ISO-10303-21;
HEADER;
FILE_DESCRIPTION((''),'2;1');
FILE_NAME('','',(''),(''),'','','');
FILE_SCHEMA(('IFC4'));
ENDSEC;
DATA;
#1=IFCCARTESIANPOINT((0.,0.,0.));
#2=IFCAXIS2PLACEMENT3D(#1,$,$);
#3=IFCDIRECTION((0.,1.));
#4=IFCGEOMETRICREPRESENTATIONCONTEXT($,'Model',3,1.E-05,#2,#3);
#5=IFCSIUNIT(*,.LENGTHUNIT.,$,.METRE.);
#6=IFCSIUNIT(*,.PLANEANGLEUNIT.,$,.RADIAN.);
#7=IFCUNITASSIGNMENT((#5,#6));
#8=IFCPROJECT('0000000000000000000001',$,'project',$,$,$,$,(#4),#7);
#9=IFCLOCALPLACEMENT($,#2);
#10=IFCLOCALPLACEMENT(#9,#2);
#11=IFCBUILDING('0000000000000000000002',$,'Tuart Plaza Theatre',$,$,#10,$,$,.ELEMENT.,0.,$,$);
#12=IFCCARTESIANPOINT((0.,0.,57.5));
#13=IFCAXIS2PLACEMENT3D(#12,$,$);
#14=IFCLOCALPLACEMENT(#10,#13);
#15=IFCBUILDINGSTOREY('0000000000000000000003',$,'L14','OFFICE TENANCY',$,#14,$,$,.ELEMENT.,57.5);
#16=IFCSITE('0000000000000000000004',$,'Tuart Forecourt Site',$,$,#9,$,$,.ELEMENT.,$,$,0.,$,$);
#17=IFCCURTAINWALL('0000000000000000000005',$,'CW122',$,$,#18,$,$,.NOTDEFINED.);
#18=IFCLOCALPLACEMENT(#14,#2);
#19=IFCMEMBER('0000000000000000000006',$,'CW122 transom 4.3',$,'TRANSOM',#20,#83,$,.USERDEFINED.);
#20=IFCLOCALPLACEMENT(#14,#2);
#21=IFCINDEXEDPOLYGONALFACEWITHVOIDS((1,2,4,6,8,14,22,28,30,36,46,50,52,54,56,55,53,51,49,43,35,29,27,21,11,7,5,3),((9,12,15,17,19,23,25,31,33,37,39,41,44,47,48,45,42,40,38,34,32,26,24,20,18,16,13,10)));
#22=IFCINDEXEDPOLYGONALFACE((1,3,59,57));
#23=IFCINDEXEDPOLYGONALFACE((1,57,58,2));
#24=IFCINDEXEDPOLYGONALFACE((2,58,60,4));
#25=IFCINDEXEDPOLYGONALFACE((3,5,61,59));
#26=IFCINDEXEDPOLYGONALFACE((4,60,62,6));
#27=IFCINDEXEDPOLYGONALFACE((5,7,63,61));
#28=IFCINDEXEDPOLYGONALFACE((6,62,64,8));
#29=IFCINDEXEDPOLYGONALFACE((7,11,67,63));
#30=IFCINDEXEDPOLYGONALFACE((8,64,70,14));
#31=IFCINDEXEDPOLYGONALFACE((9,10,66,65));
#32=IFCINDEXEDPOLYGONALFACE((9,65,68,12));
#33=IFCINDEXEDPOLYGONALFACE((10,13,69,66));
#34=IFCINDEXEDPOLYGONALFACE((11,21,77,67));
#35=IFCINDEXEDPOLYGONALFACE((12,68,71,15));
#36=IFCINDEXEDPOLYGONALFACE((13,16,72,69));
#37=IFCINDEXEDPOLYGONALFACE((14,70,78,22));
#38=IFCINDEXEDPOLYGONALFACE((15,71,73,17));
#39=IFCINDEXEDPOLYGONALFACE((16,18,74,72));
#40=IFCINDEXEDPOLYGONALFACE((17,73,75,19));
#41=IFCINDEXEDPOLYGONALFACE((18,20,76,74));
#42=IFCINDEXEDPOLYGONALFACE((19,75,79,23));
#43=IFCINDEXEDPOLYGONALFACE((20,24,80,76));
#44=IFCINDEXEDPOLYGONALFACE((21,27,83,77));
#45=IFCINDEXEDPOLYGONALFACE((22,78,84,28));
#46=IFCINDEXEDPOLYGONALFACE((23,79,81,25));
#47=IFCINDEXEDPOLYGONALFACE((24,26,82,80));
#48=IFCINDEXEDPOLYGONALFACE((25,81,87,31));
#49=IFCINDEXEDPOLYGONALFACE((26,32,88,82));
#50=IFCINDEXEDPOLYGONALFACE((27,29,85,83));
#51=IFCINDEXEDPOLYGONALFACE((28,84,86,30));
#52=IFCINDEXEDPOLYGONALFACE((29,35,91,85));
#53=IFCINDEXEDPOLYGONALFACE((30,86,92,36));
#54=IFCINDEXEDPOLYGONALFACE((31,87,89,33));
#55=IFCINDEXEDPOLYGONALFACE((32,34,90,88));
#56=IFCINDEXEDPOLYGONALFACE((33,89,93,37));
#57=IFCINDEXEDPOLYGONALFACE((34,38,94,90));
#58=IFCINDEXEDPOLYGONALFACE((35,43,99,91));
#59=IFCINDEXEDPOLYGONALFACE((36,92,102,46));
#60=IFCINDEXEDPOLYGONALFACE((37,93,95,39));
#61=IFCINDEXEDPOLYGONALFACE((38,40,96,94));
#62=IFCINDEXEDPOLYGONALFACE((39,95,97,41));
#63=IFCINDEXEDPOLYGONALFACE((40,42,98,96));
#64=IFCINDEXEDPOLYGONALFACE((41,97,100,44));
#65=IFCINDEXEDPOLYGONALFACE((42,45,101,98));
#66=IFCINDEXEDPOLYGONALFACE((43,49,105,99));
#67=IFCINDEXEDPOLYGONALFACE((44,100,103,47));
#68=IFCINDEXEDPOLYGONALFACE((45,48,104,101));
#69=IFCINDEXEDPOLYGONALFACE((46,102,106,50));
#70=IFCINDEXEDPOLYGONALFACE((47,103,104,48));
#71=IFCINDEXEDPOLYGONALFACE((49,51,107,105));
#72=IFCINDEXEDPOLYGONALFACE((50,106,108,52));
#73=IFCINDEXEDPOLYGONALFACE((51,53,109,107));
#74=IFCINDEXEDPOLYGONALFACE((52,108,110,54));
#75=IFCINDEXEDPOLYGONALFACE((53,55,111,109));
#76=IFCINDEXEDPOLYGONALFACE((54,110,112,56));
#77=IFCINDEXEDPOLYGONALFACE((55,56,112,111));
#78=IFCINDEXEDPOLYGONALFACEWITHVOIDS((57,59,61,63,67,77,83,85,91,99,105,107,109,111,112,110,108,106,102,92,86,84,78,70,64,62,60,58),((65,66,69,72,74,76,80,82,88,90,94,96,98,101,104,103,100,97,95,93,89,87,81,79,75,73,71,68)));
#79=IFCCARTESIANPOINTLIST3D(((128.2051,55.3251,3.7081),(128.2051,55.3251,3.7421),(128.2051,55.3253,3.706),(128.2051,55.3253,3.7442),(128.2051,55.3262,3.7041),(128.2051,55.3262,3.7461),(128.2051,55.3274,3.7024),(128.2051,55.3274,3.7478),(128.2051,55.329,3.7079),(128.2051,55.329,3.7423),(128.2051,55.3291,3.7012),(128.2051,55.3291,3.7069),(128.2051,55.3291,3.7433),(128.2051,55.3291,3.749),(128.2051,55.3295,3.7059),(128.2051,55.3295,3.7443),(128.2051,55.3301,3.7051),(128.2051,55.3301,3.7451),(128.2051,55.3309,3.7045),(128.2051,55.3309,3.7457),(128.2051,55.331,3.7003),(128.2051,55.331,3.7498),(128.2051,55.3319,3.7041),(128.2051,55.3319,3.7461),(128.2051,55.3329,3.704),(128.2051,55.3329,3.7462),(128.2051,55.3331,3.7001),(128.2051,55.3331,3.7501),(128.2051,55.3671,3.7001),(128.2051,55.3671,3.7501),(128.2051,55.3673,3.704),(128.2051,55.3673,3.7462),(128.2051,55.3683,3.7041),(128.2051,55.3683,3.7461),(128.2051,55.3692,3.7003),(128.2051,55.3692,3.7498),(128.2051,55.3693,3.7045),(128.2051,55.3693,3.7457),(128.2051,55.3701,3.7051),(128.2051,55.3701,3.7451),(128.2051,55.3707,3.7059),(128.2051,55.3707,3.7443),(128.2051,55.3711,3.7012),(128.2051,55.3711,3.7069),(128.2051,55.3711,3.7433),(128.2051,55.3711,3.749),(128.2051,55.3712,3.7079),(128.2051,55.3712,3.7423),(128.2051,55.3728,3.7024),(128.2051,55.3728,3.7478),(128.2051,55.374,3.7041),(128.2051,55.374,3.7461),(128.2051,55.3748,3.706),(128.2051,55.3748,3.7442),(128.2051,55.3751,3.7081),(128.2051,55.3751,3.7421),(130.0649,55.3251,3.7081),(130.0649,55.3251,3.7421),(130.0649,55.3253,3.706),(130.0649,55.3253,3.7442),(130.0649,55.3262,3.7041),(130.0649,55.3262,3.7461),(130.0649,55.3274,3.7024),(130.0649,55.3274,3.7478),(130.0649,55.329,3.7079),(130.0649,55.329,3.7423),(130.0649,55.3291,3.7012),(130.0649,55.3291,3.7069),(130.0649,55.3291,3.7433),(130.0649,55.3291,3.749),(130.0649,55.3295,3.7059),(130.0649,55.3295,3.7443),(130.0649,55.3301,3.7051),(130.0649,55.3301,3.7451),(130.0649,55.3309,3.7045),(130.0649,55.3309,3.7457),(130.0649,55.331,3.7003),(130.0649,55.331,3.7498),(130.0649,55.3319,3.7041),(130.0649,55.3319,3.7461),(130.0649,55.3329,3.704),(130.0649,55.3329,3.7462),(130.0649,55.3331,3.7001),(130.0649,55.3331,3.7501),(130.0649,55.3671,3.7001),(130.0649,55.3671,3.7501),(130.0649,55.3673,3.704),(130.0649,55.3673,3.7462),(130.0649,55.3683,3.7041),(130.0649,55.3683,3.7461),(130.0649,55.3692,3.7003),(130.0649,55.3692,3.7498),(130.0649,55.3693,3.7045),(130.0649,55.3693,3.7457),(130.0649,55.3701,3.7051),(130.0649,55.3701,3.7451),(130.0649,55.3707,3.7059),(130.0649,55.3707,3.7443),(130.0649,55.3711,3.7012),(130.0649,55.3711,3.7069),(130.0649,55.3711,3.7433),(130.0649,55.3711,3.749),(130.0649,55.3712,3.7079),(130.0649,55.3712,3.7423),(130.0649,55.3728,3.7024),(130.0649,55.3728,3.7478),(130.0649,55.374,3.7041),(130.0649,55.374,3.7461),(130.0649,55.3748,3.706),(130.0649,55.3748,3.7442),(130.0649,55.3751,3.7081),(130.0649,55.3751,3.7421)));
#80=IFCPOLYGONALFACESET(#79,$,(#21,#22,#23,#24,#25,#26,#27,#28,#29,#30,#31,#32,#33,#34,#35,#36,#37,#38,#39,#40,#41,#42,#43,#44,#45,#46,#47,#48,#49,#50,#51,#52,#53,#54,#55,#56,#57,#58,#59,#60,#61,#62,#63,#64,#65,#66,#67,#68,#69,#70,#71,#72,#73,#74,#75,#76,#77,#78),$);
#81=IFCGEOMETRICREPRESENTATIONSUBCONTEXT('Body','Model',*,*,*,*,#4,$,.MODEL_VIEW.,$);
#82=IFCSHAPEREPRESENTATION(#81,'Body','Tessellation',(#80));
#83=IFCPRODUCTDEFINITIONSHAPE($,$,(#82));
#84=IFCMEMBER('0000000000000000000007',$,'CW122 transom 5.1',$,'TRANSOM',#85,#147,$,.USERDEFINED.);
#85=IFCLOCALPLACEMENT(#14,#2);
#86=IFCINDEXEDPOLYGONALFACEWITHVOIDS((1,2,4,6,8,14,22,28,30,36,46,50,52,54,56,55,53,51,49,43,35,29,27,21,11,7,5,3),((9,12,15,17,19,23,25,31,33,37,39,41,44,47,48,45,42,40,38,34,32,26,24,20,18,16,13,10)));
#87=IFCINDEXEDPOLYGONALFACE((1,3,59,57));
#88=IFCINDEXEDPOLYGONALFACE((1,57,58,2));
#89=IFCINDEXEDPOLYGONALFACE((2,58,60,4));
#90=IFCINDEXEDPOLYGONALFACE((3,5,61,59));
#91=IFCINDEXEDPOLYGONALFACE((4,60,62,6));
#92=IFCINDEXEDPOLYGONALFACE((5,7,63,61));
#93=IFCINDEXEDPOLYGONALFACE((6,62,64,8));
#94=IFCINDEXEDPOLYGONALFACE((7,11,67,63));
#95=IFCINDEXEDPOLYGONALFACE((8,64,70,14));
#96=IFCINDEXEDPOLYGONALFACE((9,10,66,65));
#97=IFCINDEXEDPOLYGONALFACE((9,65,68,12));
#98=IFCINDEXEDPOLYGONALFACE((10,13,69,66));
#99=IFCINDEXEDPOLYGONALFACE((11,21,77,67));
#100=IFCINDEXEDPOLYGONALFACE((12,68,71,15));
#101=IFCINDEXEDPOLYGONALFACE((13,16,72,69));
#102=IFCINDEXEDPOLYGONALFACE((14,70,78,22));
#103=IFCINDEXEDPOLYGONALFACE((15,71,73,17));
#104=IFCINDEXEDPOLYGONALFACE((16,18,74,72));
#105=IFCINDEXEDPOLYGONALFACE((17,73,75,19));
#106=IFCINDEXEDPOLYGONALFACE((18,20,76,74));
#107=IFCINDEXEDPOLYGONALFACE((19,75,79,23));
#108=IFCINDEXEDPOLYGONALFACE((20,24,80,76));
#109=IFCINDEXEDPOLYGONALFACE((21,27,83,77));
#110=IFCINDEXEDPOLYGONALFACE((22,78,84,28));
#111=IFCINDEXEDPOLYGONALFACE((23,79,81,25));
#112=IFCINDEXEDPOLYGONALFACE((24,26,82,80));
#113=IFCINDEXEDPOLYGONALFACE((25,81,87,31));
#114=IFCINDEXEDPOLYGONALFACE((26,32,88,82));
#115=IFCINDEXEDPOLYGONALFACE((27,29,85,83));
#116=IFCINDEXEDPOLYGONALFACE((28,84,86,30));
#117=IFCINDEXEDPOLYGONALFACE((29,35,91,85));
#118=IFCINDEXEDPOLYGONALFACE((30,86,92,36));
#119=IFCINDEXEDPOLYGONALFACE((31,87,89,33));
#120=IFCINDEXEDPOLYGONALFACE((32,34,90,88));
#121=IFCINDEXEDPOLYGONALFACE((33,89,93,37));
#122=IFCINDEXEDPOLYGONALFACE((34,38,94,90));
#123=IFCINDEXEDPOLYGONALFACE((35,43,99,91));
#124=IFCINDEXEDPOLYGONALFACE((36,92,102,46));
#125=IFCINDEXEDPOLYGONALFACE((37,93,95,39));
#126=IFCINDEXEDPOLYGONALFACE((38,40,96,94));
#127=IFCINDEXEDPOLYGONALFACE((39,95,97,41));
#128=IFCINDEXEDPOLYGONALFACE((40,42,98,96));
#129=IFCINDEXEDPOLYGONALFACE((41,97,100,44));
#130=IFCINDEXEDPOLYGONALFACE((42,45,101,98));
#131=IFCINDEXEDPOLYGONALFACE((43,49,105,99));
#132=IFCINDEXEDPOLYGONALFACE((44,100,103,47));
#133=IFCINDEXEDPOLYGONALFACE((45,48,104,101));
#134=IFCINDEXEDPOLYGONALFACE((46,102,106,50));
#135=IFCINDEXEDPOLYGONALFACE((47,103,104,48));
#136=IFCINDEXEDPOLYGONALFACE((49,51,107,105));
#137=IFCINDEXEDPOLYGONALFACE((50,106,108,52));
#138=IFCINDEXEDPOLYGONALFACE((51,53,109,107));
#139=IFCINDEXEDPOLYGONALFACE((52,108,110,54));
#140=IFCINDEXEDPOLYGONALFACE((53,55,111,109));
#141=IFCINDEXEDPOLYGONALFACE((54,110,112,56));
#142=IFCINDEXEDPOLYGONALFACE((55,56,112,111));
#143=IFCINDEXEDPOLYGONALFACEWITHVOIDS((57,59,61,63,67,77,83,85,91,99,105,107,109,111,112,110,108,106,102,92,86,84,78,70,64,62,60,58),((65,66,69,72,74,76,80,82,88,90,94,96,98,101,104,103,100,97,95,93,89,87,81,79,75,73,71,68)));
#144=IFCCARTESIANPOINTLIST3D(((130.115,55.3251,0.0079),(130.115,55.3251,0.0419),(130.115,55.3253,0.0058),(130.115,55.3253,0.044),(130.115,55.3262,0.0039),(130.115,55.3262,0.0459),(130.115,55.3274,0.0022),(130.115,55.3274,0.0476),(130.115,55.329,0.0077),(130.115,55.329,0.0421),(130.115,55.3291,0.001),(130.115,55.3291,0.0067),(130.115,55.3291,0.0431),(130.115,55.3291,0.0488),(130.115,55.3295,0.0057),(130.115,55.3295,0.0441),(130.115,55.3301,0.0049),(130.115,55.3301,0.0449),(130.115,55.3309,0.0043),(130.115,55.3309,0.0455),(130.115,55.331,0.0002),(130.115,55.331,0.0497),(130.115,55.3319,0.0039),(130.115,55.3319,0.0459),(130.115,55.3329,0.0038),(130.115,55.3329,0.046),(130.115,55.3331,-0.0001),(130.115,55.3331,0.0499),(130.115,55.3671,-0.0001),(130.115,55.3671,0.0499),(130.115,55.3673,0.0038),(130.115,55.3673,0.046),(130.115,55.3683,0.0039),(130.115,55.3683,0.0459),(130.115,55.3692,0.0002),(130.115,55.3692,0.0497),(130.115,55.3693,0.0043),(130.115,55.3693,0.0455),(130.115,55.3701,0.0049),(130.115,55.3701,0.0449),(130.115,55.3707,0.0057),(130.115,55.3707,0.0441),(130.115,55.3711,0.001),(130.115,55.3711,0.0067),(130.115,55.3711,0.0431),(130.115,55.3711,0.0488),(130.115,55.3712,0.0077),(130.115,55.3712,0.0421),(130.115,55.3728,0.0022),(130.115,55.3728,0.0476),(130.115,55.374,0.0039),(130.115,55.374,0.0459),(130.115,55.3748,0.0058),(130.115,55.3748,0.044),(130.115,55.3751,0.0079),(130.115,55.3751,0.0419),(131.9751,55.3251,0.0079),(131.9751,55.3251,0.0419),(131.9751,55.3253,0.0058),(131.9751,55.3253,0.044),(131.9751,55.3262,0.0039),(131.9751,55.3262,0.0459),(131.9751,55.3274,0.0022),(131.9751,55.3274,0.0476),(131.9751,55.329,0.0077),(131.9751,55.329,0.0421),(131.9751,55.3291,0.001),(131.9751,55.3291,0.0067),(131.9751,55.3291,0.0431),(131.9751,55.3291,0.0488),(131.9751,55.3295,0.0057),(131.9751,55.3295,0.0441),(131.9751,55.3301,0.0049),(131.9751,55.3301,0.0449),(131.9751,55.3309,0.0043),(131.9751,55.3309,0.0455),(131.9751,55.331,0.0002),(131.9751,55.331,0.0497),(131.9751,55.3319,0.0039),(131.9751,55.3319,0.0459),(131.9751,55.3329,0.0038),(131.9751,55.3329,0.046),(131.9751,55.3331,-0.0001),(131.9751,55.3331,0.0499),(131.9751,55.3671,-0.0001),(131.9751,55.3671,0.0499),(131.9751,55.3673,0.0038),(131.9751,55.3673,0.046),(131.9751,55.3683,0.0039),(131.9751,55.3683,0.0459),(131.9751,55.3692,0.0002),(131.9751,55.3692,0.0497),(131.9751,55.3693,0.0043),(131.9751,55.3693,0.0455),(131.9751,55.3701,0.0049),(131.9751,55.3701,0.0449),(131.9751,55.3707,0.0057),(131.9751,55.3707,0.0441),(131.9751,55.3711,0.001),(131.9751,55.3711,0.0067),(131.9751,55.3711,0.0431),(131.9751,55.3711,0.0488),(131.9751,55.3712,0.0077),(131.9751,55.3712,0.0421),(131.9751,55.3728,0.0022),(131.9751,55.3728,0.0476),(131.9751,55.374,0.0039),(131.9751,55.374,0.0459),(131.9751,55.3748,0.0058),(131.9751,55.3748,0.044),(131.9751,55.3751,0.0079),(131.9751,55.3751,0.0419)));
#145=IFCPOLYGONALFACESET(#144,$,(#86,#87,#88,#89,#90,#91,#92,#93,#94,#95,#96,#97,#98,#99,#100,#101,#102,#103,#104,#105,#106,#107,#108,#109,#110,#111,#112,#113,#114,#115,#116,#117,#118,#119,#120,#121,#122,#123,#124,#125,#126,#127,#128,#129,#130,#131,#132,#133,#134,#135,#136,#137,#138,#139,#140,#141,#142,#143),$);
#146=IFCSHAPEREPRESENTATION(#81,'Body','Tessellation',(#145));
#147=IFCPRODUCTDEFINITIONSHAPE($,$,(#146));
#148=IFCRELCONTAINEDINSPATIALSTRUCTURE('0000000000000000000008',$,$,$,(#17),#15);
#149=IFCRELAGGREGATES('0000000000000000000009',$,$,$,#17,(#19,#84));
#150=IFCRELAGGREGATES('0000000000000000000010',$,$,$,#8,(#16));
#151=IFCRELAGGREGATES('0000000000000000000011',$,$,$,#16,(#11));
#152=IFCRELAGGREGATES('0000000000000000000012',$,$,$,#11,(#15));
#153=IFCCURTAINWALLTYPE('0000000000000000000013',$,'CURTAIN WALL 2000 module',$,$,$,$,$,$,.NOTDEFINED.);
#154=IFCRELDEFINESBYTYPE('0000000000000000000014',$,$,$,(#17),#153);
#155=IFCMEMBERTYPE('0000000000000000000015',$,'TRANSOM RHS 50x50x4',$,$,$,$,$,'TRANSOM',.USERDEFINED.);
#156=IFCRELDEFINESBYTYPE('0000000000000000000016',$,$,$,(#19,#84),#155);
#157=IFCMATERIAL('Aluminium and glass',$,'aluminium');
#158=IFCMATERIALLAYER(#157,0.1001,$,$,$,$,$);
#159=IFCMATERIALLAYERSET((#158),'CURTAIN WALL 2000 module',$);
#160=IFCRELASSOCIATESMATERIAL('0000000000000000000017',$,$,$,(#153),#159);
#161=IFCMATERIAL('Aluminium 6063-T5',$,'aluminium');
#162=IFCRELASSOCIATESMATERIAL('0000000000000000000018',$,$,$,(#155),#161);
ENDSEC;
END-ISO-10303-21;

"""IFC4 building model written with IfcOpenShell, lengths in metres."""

from ifc_helpers import new_model, si_unit, direction, frame, origin, origin_2d, place, context, subcontext, project, spatial, hollow_rectangle, extrude, material, layer, layer_set, material_profile, profile_set, type_object, element, aggregate, save


model = new_model("IFC4")

# Units and contexts
model_context = context("Model", 3, precision=1e-05, world=origin(), true_north=direction((0.0, 1.0)))
body_context = subcontext(model_context, "Body", "Model", "MODEL_VIEW")
ifc_project = project(units=[si_unit("LENGTHUNIT", "METRE"), si_unit("PLANEANGLEUNIT", "RADIAN")], contexts=[model_context])

# Site, building, storey
site_placement = place(None, origin())
site = spatial("IfcSite", under=ifc_project, at=site_placement, Name="Tuart Forecourt Site", CompositionType="ELEMENT", RefElevation=0.0)
building_placement = place(site_placement, origin())
building = spatial("IfcBuilding", under=site, at=building_placement, Name="Tuart Plaza Theatre", CompositionType="ELEMENT", ElevationOfRefHeight=0.0)
storey_placement = place(building_placement, frame((0.0, 0.0, 57.5)))
storey = spatial("IfcBuildingStorey", under=building, at=storey_placement, Name="L14", Description="OFFICE TENANCY", CompositionType="ELEMENT", Elevation=57.5)

# Curtain wall, members
ifc_material_1 = material(Name="Aluminium and glass", Category="aluminium")
ifc_layer_1 = layer(ifc_material_1, 0.1001)
ifc_layer_set_1 = layer_set([ifc_layer_1], Name="CURTAIN WALL 2000 module")
curtain_wall_type = type_object("IfcCurtainWallType", Name="CURTAIN WALL 2000 module", PredefinedType="NOTDEFINED", material=ifc_layer_set_1)
curtain_wall_placement = place(storey_placement, origin())
curtain_wall = element("IfcCurtainWall", 1, at=curtain_wall_placement, inside=storey, type_object=curtain_wall_type, Name="CW122", PredefinedType="NOTDEFINED")
ifc_material_2 = material(Name="Aluminium 6063-T5", Category="aluminium")
ifc_material_profile_1 = material_profile(ifc_material_2, hollow_rectangle(XDim=0.05, YDim=0.05, WallThickness=0.0039, InnerFilletRadius=0.0039, OuterFilletRadius=0.0081, at=origin_2d()), Name="RHS 50x50x4")
ifc_profile_set_1 = profile_set([ifc_material_profile_1], Name="Aluminium 6063-T5")
member_type_1 = type_object("IfcMemberType", Name="TRANSOM RHS 50x50x4", ElementType="TRANSOM", PredefinedType="USERDEFINED", material=ifc_profile_set_1)
member_1_placement = place(storey_placement, frame((128.2051, 55.3501, 3.7251), z_axis=(1.0, 0.0, 0.0), x_axis=(0.0, 1.0, 0.0)))
member_1 = element("IfcMember", 2, at=member_1_placement, type_object=member_type_1, Name="CW122 transom 4.3", ObjectType="TRANSOM", PredefinedType="USERDEFINED", context=body_context, shape_type="SweptSolid", body=[
    extrude(hollow_rectangle(XDim=0.05, YDim=0.05, WallThickness=0.0039, InnerFilletRadius=0.0039, OuterFilletRadius=0.0081, at=origin_2d()), origin(), (0.0, 0.0, 1.0), 1.8599),
])
member_2_placement = place(storey_placement, frame((130.115, 55.3501, 0.0249), z_axis=(1.0, 0.0, 0.0), x_axis=(0.0, 1.0, 0.0)))
member_2 = element("IfcMember", 3, at=member_2_placement, type_object=member_type_1, Name="CW122 transom 5.1", ObjectType="TRANSOM", PredefinedType="USERDEFINED", context=body_context, shape_type="SweptSolid", body=[
    extrude(hollow_rectangle(XDim=0.05, YDim=0.05, WallThickness=0.0039, InnerFilletRadius=0.0039, OuterFilletRadius=0.0081, at=origin_2d()), origin(), (0.0, 0.0, 1.0), 1.8601),
])
aggregate(curtain_wall, [member_1, member_2])

save(model, "model.ifc")
